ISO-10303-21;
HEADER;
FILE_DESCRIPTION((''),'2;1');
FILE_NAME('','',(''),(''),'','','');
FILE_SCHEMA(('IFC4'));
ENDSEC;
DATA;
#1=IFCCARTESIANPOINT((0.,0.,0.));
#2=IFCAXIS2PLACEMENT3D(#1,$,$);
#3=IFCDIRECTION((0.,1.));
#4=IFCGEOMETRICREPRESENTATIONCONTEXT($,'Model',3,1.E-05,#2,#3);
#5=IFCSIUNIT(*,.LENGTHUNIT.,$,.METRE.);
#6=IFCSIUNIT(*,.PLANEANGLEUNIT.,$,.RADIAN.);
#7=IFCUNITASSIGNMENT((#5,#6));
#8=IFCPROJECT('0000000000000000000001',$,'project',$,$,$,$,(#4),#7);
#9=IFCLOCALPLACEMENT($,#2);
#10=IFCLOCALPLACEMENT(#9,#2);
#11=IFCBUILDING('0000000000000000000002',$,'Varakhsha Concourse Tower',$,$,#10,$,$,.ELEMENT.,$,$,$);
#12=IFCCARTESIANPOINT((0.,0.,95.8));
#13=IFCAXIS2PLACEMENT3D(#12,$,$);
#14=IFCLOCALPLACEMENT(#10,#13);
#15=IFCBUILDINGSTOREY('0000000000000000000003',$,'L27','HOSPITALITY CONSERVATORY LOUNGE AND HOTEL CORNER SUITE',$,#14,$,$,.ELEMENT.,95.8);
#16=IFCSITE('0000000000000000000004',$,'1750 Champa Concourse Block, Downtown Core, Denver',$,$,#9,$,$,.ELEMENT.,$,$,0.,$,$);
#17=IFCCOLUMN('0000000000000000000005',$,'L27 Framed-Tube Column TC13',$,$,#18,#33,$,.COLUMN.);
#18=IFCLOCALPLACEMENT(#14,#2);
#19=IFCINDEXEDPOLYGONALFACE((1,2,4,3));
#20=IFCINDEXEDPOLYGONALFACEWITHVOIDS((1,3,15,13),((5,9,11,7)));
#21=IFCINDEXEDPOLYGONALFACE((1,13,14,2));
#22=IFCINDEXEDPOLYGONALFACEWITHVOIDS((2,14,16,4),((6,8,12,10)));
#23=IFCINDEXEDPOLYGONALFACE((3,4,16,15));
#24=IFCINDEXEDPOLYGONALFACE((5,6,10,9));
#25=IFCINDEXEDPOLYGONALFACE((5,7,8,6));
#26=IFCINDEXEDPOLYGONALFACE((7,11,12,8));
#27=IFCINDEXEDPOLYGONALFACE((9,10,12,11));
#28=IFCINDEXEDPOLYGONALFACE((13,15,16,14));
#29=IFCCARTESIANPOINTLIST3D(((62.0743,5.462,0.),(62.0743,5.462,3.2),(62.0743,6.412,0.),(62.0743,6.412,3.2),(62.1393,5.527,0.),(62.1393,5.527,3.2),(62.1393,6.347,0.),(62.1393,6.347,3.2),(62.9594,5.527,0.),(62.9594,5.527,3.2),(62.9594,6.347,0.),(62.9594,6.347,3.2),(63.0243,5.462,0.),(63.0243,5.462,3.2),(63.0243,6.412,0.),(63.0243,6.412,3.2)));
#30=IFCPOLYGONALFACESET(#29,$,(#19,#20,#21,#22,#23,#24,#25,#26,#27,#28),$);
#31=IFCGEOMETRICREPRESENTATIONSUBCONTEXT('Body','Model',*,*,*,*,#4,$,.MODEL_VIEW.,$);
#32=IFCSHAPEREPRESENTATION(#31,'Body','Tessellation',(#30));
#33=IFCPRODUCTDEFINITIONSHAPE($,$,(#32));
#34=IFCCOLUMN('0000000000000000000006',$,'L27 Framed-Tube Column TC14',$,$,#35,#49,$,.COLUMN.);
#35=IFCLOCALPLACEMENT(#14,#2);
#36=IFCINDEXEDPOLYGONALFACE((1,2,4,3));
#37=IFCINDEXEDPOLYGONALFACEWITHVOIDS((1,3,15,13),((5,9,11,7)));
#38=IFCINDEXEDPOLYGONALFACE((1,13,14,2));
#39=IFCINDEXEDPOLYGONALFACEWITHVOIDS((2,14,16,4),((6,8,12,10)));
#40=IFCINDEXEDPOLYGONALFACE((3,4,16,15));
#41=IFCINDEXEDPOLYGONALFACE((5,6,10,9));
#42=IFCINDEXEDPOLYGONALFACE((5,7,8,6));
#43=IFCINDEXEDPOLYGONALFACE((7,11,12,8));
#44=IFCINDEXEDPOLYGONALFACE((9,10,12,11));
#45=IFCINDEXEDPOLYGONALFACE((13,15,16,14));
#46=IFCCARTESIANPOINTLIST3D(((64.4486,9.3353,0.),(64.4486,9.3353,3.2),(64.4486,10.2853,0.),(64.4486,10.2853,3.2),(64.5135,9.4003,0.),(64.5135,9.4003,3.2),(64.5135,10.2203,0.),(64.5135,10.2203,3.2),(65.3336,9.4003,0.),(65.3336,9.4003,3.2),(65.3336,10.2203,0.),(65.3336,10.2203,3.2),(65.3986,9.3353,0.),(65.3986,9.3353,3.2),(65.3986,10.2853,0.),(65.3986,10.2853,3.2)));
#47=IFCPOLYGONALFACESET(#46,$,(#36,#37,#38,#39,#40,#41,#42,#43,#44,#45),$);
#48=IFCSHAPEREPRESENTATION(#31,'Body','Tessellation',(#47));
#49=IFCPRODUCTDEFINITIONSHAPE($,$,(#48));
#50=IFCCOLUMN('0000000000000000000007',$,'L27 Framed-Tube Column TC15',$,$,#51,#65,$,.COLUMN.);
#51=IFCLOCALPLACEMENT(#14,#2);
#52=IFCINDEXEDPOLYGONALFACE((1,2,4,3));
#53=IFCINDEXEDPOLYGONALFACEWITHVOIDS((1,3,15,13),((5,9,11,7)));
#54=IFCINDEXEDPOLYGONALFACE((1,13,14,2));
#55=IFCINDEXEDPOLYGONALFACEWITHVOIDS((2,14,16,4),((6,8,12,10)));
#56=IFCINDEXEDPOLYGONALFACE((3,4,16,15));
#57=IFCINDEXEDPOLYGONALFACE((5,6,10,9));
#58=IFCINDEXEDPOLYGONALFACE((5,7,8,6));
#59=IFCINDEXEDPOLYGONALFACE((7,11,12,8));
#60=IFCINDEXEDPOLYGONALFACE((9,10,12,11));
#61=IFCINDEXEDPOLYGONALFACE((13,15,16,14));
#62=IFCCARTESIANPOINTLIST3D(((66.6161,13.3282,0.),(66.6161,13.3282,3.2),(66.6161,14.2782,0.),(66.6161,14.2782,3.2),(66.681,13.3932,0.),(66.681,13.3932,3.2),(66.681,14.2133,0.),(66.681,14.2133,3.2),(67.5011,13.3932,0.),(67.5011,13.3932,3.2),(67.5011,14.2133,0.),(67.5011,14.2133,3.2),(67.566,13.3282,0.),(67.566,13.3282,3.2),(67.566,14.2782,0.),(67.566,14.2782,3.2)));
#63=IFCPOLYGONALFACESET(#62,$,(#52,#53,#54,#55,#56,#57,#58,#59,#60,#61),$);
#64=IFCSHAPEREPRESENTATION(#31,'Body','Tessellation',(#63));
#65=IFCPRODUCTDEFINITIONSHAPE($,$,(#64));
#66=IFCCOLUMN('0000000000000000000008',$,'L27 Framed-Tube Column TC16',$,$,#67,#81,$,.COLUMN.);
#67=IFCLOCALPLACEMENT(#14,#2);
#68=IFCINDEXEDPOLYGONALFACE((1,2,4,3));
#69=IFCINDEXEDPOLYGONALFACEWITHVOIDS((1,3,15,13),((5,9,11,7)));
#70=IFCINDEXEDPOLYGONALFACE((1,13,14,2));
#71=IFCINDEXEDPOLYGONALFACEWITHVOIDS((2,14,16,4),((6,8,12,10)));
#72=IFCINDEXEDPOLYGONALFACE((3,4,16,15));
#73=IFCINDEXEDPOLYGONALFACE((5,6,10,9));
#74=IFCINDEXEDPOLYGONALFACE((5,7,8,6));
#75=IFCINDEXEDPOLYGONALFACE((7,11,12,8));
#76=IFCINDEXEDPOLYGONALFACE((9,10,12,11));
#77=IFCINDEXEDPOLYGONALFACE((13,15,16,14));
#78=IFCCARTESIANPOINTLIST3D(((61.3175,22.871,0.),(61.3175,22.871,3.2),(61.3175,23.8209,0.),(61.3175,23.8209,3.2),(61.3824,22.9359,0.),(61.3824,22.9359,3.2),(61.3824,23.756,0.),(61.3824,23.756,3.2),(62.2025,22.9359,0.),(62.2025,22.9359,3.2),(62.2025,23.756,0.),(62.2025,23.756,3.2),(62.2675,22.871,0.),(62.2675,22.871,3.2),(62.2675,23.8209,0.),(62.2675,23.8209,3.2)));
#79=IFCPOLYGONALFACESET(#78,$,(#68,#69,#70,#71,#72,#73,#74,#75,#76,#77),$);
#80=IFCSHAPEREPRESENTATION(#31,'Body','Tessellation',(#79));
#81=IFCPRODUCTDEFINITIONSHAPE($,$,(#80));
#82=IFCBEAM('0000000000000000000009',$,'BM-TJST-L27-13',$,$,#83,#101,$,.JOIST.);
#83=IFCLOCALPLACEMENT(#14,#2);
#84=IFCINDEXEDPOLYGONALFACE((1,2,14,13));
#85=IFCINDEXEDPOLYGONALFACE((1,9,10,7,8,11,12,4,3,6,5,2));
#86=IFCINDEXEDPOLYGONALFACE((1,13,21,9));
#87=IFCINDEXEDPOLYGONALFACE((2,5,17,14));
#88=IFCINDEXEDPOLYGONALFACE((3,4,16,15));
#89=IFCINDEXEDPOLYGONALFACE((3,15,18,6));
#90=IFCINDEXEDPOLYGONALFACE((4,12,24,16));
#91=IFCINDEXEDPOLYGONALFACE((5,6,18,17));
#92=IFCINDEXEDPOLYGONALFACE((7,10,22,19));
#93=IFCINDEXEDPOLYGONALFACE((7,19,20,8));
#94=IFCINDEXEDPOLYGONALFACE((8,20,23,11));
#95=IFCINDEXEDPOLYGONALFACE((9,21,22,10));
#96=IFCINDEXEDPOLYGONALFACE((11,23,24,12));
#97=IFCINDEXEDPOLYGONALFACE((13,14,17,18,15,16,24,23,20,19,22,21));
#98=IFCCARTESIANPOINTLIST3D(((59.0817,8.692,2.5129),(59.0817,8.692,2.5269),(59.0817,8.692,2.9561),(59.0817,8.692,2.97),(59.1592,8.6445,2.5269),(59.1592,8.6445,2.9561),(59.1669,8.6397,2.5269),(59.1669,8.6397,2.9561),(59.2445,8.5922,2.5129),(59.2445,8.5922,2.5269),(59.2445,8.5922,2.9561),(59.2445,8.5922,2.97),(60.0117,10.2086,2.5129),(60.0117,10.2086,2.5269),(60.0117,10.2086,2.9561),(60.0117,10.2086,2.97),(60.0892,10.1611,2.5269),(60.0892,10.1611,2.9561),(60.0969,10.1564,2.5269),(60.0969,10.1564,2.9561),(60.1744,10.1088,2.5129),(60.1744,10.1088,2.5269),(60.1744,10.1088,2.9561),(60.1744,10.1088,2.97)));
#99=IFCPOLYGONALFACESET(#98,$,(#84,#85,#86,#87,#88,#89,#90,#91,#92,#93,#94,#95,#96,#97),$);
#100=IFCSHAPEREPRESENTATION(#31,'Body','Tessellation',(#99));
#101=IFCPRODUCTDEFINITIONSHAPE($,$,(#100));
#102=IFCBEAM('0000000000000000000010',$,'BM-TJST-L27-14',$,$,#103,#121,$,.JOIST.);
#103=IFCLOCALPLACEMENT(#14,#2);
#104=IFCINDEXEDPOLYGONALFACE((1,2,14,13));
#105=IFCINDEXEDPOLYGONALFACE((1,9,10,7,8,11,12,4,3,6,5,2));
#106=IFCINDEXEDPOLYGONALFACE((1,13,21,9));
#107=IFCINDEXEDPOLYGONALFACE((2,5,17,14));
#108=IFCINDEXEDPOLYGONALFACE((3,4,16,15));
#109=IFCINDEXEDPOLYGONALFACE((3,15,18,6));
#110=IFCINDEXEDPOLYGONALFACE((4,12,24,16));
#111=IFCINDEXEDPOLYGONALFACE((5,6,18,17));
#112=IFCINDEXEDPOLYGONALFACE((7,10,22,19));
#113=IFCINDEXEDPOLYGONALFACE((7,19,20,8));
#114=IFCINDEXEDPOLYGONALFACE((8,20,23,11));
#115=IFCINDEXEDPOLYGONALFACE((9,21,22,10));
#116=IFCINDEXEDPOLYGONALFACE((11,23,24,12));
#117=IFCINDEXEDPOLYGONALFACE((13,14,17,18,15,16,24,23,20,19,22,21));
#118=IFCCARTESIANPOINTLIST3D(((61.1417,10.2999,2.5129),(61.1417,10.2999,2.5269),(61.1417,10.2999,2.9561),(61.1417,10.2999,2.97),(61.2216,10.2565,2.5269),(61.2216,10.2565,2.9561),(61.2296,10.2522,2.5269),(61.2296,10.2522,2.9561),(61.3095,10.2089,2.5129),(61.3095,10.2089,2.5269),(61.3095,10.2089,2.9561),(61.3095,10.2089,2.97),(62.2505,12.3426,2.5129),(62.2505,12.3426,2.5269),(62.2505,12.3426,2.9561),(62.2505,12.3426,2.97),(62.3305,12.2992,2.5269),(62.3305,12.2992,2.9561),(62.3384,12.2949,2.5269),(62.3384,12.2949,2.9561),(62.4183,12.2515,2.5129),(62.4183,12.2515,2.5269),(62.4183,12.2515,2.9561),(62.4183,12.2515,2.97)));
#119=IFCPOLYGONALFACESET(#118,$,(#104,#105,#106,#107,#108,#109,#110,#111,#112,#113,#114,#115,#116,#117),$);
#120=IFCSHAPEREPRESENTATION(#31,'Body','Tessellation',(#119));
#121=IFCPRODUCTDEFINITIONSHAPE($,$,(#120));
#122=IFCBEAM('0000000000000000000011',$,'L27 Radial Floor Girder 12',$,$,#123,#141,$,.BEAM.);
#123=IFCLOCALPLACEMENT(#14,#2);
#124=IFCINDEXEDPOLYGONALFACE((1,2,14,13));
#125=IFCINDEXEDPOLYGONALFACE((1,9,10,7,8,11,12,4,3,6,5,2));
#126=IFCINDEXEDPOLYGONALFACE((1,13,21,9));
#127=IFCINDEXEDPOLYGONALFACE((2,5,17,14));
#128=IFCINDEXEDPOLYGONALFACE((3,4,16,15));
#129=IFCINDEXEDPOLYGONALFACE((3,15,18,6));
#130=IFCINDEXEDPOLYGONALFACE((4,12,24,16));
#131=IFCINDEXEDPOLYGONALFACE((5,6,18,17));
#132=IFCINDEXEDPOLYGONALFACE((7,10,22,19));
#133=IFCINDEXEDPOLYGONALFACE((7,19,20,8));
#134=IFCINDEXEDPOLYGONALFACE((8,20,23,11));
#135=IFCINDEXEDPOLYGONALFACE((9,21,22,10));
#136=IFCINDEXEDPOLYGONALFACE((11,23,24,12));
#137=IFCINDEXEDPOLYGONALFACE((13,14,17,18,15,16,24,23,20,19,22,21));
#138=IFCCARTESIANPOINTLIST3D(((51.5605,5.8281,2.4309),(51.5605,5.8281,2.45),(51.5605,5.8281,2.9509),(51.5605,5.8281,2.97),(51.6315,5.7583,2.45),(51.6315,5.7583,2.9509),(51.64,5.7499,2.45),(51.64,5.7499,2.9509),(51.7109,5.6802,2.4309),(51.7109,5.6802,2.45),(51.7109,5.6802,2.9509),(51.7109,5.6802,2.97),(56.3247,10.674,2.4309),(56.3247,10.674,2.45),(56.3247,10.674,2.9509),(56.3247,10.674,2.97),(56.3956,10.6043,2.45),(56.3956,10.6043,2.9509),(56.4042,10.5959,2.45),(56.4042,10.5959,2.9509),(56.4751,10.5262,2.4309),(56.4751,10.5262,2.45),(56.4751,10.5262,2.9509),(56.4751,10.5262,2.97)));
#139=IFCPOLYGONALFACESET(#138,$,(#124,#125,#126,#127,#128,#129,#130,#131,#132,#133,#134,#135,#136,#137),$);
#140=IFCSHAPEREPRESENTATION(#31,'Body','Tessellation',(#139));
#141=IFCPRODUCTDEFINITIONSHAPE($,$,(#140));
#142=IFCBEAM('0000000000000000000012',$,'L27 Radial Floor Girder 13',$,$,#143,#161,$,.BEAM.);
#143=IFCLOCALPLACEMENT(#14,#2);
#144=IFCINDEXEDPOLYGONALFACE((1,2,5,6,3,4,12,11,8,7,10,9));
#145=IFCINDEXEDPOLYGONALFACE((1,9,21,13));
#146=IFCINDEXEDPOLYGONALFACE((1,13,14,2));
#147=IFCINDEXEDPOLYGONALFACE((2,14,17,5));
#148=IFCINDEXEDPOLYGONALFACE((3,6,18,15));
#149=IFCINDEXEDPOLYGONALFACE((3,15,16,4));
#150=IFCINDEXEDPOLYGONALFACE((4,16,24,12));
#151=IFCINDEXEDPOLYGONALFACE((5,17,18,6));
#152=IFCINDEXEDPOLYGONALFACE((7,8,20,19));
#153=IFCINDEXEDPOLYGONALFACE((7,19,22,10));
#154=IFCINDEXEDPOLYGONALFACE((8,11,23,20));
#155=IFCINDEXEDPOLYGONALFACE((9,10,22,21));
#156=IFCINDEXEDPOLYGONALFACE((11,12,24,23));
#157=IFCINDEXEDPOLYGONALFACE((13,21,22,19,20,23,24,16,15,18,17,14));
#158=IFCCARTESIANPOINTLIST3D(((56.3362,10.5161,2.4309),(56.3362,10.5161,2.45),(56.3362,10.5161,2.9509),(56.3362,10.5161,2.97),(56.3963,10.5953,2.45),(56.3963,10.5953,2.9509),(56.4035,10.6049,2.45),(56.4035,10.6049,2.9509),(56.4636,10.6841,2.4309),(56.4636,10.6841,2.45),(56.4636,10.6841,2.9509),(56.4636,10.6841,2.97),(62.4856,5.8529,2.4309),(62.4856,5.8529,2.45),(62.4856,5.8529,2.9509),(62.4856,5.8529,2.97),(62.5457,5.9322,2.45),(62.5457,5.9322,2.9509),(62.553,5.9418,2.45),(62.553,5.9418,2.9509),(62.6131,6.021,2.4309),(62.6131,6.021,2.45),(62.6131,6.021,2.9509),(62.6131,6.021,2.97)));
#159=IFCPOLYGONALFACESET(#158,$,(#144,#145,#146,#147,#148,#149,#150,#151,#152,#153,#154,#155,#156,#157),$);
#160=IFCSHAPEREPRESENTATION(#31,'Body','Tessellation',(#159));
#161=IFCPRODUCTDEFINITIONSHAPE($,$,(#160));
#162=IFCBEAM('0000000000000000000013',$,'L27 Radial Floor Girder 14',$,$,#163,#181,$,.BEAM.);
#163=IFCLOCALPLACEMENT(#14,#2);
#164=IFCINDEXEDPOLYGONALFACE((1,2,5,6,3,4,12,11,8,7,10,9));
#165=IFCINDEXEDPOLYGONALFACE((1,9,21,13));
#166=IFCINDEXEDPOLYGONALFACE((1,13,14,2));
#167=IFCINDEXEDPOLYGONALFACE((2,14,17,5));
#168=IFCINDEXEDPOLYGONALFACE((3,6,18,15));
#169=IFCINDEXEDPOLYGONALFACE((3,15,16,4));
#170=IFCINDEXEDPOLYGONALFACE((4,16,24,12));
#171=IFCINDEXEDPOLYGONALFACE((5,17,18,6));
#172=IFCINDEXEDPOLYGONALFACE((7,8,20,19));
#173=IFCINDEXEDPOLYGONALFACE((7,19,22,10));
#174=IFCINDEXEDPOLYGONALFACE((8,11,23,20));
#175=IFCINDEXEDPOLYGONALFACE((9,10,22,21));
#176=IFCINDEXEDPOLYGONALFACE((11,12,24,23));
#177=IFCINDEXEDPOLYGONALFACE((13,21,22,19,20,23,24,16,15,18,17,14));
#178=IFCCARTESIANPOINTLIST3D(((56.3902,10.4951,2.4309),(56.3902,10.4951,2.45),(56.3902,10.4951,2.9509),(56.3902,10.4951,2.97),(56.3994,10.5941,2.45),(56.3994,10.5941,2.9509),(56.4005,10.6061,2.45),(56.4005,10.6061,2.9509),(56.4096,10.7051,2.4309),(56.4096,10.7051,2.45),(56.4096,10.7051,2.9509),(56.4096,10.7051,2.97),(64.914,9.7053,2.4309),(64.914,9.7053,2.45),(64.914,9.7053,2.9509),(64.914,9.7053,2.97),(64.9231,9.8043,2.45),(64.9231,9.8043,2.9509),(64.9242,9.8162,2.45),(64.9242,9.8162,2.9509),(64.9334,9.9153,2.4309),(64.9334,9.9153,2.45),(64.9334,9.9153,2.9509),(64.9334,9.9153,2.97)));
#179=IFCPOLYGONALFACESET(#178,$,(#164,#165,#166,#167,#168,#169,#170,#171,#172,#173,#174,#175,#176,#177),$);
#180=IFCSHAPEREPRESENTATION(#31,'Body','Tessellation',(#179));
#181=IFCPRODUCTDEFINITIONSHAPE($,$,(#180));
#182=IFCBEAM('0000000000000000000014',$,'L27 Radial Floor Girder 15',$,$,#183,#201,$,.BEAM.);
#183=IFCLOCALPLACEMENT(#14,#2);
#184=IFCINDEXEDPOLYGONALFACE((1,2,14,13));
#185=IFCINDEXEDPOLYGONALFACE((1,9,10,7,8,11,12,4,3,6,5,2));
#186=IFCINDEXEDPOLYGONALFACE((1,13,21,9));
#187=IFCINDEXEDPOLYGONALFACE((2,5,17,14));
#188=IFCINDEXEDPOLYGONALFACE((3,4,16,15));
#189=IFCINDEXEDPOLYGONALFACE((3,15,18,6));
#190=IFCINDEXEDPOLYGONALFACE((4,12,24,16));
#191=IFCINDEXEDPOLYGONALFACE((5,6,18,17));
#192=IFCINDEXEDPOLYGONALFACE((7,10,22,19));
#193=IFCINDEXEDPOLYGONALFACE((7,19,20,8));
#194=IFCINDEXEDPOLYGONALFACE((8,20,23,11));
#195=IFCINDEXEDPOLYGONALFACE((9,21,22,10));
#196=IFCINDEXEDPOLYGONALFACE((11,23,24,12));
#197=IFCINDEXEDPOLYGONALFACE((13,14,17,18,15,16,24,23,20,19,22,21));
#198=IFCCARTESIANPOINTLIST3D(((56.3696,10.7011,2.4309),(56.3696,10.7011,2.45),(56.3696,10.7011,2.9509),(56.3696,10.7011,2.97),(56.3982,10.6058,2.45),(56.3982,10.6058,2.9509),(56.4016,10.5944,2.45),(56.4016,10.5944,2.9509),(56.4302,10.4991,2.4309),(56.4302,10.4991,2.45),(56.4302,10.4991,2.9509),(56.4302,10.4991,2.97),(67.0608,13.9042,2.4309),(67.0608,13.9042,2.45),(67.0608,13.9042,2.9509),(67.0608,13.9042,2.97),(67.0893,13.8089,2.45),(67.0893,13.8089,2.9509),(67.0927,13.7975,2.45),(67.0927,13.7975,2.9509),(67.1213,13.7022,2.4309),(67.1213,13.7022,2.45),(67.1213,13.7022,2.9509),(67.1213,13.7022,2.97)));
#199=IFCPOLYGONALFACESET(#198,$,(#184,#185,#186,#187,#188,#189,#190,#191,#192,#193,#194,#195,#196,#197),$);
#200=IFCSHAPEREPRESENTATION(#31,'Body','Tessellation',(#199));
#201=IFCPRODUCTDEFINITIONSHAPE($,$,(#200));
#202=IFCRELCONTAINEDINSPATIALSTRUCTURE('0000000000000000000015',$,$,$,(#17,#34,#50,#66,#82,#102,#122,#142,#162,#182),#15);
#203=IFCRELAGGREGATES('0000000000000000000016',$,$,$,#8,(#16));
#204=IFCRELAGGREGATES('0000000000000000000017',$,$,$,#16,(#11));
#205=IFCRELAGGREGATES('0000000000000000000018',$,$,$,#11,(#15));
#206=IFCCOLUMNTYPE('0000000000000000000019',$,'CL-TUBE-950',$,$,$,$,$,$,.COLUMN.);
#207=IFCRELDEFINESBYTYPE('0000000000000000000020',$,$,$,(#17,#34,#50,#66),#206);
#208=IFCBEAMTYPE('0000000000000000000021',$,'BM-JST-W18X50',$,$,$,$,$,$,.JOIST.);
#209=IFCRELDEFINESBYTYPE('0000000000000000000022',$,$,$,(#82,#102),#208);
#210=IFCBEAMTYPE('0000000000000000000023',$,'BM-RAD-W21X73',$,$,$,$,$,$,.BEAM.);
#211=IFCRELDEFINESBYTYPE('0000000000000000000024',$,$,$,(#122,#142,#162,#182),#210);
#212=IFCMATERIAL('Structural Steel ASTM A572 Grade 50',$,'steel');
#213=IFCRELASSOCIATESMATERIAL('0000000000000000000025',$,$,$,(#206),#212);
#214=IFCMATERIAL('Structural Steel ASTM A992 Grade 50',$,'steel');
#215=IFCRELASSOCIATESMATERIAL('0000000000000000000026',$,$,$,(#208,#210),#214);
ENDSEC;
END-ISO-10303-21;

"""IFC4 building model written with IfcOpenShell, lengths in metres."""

from ifc_helpers import new_model, si_unit, direction, frame, origin, origin_2d, place, context, subcontext, project, spatial, hollow_rectangle, i_section, extrude, material, material_profile, profile_set, type_object, element, save


model = new_model("IFC4")

# Units and contexts
model_context = context("Model", 3, precision=1e-05, world=origin(), true_north=direction((0.0, 1.0)))
body_context = subcontext(model_context, "Body", "Model", "MODEL_VIEW")
ifc_project = project(units=[si_unit("LENGTHUNIT", "METRE"), si_unit("PLANEANGLEUNIT", "RADIAN")], contexts=[model_context])

# Site, building, storey
site_placement = place(None, origin())
site = spatial("IfcSite", under=ifc_project, at=site_placement, Name="1750 Champa Concourse Block, Downtown Core, Denver", CompositionType="ELEMENT", RefElevation=0.0)
building_placement = place(site_placement, origin())
building = spatial("IfcBuilding", under=site, at=building_placement, Name="Varakhsha Concourse Tower", CompositionType="ELEMENT")
storey_placement = place(building_placement, frame((0.0, 0.0, 95.8)))
storey = spatial("IfcBuildingStorey", under=building, at=storey_placement, Name="L27", Description="HOSPITALITY CONSERVATORY LOUNGE AND HOTEL CORNER SUITE", CompositionType="ELEMENT", Elevation=95.8)

# Columns
ifc_material_1 = material(Name="Structural Steel ASTM A572 Grade 50", Category="steel")
ifc_material_profile_1 = material_profile(ifc_material_1, hollow_rectangle(XDim=0.95, YDim=0.95, WallThickness=0.0649, at=origin_2d()), Name="BOX 950x950x65")
ifc_profile_set_1 = profile_set([ifc_material_profile_1], Name="Structural Steel ASTM A572 Grade 50")
column_type = type_object("IfcColumnType", Name="CL-TUBE-950", PredefinedType="COLUMN", material=ifc_profile_set_1)
for number, where, z_axis, x_axis, name in (
    (1, (62.5493, 5.937, 0.0), (0.0, 0.0, 1.0), (1.0, 0.0, 0.0), "L27 Framed-Tube Column TC13"),
    (2, (64.9236, 9.8103, 0.0), (0.0, 0.0, 1.0), (1.0, 0.0, 0.0), "L27 Framed-Tube Column TC14"),
    (3, (67.0911, 13.8032, 0.0), (0.0, 0.0, 1.0), (1.0, 0.0, 0.0), "L27 Framed-Tube Column TC15"),
    (4, (61.7925, 23.3459, 0.0), (0.0, 0.0, 1.0), (1.0, 0.0, 0.0), "L27 Framed-Tube Column TC16"),
):
    element("IfcColumn", number, at=place(storey_placement, frame(where, z_axis=z_axis, x_axis=x_axis)), inside=storey, type_object=column_type, Name=name, PredefinedType="COLUMN", context=body_context, shape_type="SweptSolid", body=[
        extrude(hollow_rectangle(XDim=0.95, YDim=0.95, WallThickness=0.0649, at=origin_2d()), origin(), (0.0, 0.0, 1.0), 3.2),
    ])

# Beams
ifc_material_2 = material(Name="Structural Steel ASTM A992 Grade 50", Category="steel")
ifc_material_profile_2 = material_profile(ifc_material_2, i_section(OverallWidth=0.1909, OverallDepth=0.457, WebThickness=0.009, FlangeThickness=0.0139, at=origin_2d()), Name="W18X50")
ifc_profile_set_2 = profile_set([ifc_material_profile_2], Name="Structural Steel ASTM A992 Grade 50")
beam_type_1 = type_object("IfcBeamType", Name="BM-JST-W18X50", PredefinedType="JOIST", material=ifc_profile_set_2)
beam_1_placement = place(storey_placement, frame((59.1631, 8.6421, 2.7415), z_axis=(0.522726, 0.852501, 0.0), x_axis=(-0.852501, 0.522726, 0.0)))
element("IfcBeam", 5, at=beam_1_placement, inside=storey, type_object=beam_type_1, Name="BM-TJST-L27-13", PredefinedType="JOIST", context=body_context, shape_type="SweptSolid", body=[
    extrude(i_section(OverallWidth=0.1909, OverallDepth=0.457, WebThickness=0.009, FlangeThickness=0.0139, at=origin_2d()), origin(), (0.0, 0.0, 1.0), 1.7791),
])
beam_2_placement = place(storey_placement, frame((61.2256, 10.2544, 2.7415), z_axis=(0.477085, 0.878857, 0.0), x_axis=(-0.878857, 0.477085, 0.0)))
element("IfcBeam", 6, at=beam_2_placement, inside=storey, type_object=beam_type_1, Name="BM-TJST-L27-14", PredefinedType="JOIST", context=body_context, shape_type="SweptSolid", body=[
    extrude(i_section(OverallWidth=0.1909, OverallDepth=0.457, WebThickness=0.009, FlangeThickness=0.0139, at=origin_2d()), origin(), (0.0, 0.0, 1.0), 2.3242),
])
ifc_material_profile_3 = material_profile(ifc_material_2, i_section(OverallWidth=0.2109, OverallDepth=0.5391, WebThickness=0.012, FlangeThickness=0.019, at=origin_2d()), Name="W21X73")
ifc_profile_set_3 = profile_set([ifc_material_profile_3], Name="Structural Steel ASTM A992 Grade 50")
beam_type_2 = type_object("IfcBeamType", Name="BM-RAD-W21X73", PredefinedType="BEAM", material=ifc_profile_set_3)
beam_3_placement = place(storey_placement, frame((56.3999, 10.6001, 2.7004), z_axis=(-0.701064, -0.713099, 0.0), x_axis=(0.713099, -0.701064, 0.0)))
element("IfcBeam", 7, at=beam_3_placement, inside=storey, type_object=beam_type_2, Name="L27 Radial Floor Girder 12", PredefinedType="BEAM", context=body_context, shape_type="SweptSolid", body=[
    extrude(i_section(OverallWidth=0.2109, OverallDepth=0.5391, WebThickness=0.012, FlangeThickness=0.019, at=origin_2d()), origin(), (0.0, 0.0, 1.0), 6.7957),
])
beam_4_placement = place(storey_placement, frame((56.3999, 10.6001, 2.7004), z_axis=(0.796815, -0.604223, 0.0), x_axis=(0.604223, 0.796815, 0.0)))
element("IfcBeam", 8, at=beam_4_placement, inside=storey, type_object=beam_type_2, Name="L27 Radial Floor Girder 13", PredefinedType="BEAM", context=body_context, shape_type="SweptSolid", body=[
    extrude(i_section(OverallWidth=0.2109, OverallDepth=0.5391, WebThickness=0.012, FlangeThickness=0.019, at=origin_2d()), origin(), (0.0, 0.0, 1.0), 7.7175),
])
beam_5_placement = place(storey_placement, frame((56.3999, 10.6001, 2.7004), z_axis=(0.995735, -0.092264, 0.0), x_axis=(0.092264, 0.995735, 0.0)))
element("IfcBeam", 9, at=beam_5_placement, inside=storey, type_object=beam_type_2, Name="L27 Radial Floor Girder 14", PredefinedType="BEAM", context=body_context, shape_type="SweptSolid", body=[
    extrude(i_section(OverallWidth=0.2109, OverallDepth=0.5391, WebThickness=0.012, FlangeThickness=0.019, at=origin_2d()), origin(), (0.0, 0.0, 1.0), 8.5603),
])
beam_6_placement = place(storey_placement, frame((56.3999, 10.6001, 2.7004), z_axis=(0.95793, 0.287001, 0.0), x_axis=(-0.287001, 0.95793, 0.0)))
element("IfcBeam", 10, at=beam_6_placement, inside=storey, type_object=beam_type_2, Name="L27 Radial Floor Girder 15", PredefinedType="BEAM", context=body_context, shape_type="SweptSolid", body=[
    extrude(i_section(OverallWidth=0.2109, OverallDepth=0.5391, WebThickness=0.012, FlangeThickness=0.019, at=origin_2d()), origin(), (0.0, 0.0, 1.0), 11.1606),
])

save(model, "model.ifc")
